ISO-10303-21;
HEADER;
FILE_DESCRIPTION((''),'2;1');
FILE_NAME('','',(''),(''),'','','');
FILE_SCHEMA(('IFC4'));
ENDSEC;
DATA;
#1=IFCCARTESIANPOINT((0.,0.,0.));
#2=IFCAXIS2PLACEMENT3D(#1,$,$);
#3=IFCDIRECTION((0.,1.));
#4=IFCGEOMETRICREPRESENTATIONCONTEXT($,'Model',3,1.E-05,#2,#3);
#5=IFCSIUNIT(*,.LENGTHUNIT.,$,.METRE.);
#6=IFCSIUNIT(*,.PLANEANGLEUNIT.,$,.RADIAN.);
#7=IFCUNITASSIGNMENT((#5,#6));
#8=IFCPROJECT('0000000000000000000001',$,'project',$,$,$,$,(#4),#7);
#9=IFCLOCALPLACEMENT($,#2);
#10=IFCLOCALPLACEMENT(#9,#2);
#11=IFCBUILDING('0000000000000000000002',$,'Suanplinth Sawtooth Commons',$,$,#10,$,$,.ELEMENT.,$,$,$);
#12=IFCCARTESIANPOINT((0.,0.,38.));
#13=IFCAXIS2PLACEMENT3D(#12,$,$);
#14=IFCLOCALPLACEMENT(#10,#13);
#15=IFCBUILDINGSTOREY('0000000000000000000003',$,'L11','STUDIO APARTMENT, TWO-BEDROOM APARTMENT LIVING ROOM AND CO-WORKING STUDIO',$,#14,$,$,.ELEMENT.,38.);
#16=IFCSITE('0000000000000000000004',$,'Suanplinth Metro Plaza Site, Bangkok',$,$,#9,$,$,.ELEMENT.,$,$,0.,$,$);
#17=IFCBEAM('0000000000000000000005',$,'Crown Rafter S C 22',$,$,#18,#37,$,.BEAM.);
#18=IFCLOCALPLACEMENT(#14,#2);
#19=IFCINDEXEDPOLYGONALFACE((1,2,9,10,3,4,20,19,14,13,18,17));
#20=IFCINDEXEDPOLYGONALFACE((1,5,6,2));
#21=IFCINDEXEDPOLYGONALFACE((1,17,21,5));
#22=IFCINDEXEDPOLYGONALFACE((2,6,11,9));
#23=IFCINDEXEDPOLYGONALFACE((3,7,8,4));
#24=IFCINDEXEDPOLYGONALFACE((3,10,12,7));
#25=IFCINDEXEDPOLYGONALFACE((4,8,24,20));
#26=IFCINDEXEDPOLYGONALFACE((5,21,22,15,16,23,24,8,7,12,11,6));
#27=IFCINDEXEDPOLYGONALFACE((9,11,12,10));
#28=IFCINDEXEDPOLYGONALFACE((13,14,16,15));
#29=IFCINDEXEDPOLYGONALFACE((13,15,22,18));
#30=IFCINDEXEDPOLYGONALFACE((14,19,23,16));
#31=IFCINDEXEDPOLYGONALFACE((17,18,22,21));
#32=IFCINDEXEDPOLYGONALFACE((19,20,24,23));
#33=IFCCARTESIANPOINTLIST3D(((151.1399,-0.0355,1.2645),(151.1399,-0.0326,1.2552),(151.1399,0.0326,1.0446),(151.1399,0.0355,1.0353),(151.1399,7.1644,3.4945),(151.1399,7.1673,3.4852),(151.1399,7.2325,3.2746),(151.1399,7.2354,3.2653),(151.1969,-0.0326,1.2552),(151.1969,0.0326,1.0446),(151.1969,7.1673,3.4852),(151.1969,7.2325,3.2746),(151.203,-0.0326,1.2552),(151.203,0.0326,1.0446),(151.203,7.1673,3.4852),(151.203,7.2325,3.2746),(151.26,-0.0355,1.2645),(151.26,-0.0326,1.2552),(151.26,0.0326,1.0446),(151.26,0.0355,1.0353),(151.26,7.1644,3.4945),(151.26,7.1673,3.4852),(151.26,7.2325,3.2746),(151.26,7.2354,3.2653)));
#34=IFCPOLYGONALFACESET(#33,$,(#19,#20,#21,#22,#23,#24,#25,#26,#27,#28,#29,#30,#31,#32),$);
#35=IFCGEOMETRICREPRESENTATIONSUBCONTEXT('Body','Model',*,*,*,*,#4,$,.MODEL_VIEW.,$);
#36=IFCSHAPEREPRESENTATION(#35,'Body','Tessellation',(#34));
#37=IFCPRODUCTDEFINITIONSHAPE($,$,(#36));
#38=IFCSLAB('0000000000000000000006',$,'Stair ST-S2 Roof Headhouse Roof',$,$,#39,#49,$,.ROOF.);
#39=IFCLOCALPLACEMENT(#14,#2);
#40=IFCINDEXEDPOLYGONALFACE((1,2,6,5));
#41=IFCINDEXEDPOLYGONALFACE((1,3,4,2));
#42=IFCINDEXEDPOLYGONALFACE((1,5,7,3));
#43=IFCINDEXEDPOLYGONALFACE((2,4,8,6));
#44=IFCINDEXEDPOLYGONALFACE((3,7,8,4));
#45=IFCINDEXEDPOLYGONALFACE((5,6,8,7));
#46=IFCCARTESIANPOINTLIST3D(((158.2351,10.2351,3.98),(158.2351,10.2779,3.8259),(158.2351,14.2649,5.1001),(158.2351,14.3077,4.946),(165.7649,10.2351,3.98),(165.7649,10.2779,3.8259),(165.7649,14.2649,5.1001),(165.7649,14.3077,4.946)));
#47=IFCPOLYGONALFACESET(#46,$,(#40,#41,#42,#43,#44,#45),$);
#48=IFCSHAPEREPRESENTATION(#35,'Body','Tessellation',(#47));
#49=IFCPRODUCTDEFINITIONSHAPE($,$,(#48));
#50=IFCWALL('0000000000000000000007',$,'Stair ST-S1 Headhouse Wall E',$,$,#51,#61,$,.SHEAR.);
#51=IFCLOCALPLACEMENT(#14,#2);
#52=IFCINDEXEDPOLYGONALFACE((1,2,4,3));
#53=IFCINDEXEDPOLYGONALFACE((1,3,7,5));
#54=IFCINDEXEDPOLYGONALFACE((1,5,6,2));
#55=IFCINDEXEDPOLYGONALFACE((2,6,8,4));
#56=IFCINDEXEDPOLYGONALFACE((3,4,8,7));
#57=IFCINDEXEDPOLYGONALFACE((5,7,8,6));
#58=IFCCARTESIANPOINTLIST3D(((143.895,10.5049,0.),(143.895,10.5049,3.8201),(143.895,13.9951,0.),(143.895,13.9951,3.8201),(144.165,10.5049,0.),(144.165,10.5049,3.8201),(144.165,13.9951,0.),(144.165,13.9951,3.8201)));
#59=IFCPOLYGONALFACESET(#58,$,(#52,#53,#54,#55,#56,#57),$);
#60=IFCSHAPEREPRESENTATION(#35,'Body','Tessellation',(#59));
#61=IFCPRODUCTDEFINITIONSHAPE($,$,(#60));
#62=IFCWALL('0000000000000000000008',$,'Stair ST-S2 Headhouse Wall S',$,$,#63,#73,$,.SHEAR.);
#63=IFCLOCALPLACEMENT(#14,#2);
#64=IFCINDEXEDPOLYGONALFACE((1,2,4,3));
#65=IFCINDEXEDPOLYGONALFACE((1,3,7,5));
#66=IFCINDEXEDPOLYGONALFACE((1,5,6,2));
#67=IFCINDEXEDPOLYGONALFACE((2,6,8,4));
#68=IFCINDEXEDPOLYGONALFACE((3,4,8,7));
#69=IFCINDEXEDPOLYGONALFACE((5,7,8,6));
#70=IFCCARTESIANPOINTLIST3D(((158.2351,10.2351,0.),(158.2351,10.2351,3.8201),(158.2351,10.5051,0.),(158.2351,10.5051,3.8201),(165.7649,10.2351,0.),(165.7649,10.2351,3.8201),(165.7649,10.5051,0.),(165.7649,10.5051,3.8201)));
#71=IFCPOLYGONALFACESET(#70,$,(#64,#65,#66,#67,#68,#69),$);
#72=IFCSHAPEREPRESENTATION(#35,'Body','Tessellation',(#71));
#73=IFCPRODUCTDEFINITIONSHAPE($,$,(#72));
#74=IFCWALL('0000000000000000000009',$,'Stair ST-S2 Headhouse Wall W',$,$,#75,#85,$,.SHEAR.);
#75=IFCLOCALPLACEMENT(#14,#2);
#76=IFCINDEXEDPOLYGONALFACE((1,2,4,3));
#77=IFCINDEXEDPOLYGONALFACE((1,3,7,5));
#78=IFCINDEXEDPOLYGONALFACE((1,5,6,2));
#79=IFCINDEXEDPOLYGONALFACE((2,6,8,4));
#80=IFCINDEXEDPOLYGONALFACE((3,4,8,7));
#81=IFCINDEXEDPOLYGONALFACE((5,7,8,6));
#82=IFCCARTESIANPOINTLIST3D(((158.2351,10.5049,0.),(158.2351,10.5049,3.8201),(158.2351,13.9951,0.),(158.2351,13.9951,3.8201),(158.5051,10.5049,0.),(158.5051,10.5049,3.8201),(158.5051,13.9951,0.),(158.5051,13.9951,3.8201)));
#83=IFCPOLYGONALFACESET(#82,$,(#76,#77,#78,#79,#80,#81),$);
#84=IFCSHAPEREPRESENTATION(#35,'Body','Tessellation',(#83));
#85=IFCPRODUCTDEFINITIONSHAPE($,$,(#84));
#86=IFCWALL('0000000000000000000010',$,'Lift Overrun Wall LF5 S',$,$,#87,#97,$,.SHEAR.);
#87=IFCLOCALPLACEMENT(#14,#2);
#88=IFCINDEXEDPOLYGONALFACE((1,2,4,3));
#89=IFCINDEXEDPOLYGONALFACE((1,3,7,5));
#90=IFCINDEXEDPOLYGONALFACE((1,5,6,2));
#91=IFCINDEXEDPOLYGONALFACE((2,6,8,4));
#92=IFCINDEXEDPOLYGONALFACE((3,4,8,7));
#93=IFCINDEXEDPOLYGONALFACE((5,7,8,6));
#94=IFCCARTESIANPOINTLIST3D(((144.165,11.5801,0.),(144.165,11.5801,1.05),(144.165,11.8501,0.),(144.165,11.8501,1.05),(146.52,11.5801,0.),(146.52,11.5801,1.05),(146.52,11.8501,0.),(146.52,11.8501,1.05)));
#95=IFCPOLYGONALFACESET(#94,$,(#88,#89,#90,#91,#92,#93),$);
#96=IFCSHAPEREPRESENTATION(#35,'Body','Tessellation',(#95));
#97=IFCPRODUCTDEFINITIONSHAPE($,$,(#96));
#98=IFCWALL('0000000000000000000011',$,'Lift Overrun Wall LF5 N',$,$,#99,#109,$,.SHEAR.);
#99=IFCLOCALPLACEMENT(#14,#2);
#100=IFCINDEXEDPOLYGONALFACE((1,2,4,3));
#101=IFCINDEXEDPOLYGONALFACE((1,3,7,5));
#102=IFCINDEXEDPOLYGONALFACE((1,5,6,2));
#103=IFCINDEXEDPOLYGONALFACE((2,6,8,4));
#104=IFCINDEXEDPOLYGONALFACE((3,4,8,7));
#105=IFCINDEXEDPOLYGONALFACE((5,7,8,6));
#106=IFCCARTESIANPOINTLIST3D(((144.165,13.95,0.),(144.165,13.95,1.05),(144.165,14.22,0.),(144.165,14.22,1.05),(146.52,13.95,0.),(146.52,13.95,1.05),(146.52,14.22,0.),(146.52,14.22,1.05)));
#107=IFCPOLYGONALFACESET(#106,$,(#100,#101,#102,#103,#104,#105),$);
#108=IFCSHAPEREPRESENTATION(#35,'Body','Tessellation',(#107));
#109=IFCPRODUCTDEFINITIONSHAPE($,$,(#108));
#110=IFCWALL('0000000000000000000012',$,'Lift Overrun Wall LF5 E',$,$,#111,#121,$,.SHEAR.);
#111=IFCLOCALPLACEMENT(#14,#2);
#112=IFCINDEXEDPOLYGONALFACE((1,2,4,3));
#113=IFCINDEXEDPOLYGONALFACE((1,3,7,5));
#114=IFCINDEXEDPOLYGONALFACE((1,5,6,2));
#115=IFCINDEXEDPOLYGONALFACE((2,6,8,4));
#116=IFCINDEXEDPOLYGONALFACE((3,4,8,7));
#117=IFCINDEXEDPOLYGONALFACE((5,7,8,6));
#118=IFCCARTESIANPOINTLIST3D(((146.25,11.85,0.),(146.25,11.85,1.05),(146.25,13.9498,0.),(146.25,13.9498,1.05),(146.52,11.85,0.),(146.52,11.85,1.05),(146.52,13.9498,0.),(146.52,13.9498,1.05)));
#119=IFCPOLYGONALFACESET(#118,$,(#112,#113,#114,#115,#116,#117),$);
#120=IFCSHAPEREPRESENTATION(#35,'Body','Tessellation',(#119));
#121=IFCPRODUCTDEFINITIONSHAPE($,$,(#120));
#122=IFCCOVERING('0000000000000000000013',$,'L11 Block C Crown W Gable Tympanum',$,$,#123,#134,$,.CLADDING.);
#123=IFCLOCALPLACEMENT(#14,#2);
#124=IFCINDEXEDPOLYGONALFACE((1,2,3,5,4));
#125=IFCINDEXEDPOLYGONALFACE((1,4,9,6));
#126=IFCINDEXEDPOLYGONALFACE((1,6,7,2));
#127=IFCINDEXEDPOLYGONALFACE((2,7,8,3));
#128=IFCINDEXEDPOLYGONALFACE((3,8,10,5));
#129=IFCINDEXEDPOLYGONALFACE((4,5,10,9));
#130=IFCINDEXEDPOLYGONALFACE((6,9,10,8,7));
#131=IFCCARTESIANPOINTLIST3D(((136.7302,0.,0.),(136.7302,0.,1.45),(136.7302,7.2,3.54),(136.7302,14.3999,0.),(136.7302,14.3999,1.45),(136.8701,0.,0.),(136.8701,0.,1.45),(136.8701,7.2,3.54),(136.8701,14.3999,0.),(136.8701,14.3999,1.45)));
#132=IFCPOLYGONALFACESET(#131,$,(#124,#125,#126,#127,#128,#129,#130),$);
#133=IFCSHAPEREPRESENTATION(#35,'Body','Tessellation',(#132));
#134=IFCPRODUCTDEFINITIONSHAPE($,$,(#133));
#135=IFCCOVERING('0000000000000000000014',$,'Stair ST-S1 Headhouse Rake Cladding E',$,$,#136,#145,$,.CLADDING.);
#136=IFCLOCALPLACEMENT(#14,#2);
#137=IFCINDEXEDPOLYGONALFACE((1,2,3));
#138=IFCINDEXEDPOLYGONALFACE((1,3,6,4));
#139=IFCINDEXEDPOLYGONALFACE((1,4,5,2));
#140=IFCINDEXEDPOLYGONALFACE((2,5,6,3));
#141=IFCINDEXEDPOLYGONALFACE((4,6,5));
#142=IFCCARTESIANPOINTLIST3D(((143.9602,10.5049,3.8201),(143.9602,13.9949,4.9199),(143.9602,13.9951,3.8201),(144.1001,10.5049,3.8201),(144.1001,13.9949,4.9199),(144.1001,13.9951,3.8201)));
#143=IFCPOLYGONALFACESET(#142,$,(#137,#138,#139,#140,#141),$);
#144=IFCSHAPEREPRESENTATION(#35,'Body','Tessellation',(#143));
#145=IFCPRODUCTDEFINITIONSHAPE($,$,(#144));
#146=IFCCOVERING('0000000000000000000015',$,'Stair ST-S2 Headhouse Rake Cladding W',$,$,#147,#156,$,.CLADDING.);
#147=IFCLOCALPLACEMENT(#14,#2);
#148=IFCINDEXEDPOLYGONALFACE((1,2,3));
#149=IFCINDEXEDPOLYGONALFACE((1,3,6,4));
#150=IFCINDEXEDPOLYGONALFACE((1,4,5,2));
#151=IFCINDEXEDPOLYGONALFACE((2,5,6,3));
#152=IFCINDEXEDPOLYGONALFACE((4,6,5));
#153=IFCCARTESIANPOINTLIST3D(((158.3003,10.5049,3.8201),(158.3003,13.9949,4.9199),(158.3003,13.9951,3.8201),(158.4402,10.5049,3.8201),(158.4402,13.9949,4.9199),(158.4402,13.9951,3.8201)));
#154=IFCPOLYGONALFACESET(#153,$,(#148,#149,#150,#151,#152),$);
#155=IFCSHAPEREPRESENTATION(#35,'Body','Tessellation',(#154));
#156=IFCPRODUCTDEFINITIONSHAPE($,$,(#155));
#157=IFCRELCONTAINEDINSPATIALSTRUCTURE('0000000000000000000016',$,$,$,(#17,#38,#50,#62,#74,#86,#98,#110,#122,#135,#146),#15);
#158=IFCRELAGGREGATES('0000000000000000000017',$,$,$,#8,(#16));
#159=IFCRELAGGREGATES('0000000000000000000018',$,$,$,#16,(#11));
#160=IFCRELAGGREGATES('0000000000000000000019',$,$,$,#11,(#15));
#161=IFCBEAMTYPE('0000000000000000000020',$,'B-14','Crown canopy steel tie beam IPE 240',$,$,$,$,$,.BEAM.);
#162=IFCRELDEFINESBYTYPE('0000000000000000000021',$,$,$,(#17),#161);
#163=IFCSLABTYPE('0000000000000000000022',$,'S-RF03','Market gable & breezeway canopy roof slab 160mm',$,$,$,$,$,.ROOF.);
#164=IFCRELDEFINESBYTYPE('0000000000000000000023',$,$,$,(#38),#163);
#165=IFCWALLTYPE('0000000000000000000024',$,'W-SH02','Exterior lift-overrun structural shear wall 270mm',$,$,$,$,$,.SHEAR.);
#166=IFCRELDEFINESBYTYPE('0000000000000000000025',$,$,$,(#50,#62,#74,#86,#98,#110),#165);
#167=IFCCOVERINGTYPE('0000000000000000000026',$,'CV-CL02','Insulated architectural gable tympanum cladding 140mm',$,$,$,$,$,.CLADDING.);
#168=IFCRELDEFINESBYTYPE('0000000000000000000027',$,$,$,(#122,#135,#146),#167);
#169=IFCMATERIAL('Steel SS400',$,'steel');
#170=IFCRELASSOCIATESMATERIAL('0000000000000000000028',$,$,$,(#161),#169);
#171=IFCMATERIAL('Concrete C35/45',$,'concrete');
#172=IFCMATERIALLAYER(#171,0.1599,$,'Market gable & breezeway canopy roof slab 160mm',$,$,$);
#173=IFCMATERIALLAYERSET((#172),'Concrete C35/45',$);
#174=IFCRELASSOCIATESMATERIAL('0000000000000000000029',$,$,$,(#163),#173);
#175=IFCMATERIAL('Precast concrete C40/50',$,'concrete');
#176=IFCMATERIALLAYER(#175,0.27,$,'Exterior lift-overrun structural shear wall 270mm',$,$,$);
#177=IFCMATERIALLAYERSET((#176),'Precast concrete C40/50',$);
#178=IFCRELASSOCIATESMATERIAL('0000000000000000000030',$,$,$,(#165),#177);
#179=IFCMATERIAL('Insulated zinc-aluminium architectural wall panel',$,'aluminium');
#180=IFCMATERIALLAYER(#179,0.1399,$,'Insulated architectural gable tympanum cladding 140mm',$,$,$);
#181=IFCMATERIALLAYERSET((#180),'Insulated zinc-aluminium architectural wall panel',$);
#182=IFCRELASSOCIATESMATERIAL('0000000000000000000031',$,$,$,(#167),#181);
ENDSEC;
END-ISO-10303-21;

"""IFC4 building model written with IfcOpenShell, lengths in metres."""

from ifc_helpers import new_model, si_unit, direction, frame, frame_2d, origin, origin_2d, place, context, subcontext, project, spatial, polyline, rectangle, i_section, outline, extrude, material, layer, layer_set, material_profile, profile_set, type_object, element, save


model = new_model("IFC4")

# Units and contexts
model_context = context("Model", 3, precision=1e-05, world=origin(), true_north=direction((0.0, 1.0)))
body_context = subcontext(model_context, "Body", "Model", "MODEL_VIEW")
ifc_project = project(units=[si_unit("LENGTHUNIT", "METRE"), si_unit("PLANEANGLEUNIT", "RADIAN")], contexts=[model_context])

# Site, building, storey
site_placement = place(None, origin())
site = spatial("IfcSite", under=ifc_project, at=site_placement, Name="Suanplinth Metro Plaza Site, Bangkok", CompositionType="ELEMENT", RefElevation=0.0)
building_placement = place(site_placement, origin())
building = spatial("IfcBuilding", under=site, at=building_placement, Name="Suanplinth Sawtooth Commons", CompositionType="ELEMENT")
storey_placement = place(building_placement, frame((0.0, 0.0, 38.0)))
storey = spatial("IfcBuildingStorey", under=building, at=storey_placement, Name="L11", Description="STUDIO APARTMENT, TWO-BEDROOM APARTMENT LIVING ROOM AND CO-WORKING STUDIO", CompositionType="ELEMENT", Elevation=38.0)

# Beam
ifc_material_1 = material(Name="Precast concrete C40/50", Category="concrete")
ifc_material_2 = material(Name="Steel SS400", Category="steel")
ifc_material_profile_1 = material_profile(ifc_material_2, i_section(OverallWidth=0.1201, OverallDepth=0.24, WebThickness=0.0061, FlangeThickness=0.0098, at=origin_2d()), Name="IPE 240")
ifc_profile_set_1 = profile_set([ifc_material_profile_1], Name="Steel SS400")
beam_type_1 = type_object("IfcBeamType", Name="B-14", Description="Crown canopy steel tie beam IPE 240", PredefinedType="BEAM", material=ifc_profile_set_1)
beam_placement = place(storey_placement, frame((151.2, 0.0, 1.1499), z_axis=(0.0, 0.955233, 0.295856), x_axis=(-1.0, 0.0, 0.0)))
element("IfcBeam", 1, at=beam_placement, inside=storey, type_object=beam_type_1, Name="Crown Rafter S C 22", PredefinedType="BEAM", context=body_context, shape_type="SweptSolid", body=[
    extrude(i_section(OverallWidth=0.1201, OverallDepth=0.24, WebThickness=0.0061, FlangeThickness=0.0098, at=origin_2d()), origin(), (0.0, 0.0, 1.0), 7.5374),
])

# Slab
ifc_material_3 = material(Name="Concrete C35/45", Category="concrete")
ifc_layer_1 = layer(ifc_material_3, 0.1599, Name="Market gable & breezeway canopy roof slab 160mm")
ifc_layer_set_1 = layer_set([ifc_layer_1], Name="Concrete C35/45")
slab_type = type_object("IfcSlabType", Name="S-RF03", Description="Market gable & breezeway canopy roof slab 160mm", PredefinedType="ROOF", material=ifc_layer_set_1)
slab_placement = place(storey_placement, frame((158.2351, 10.2351, 3.98), z_axis=(0.0, -0.267806, 0.963473), x_axis=(1.0, 0.0, 0.0)))
element("IfcSlab", 2, at=slab_placement, inside=storey, type_object=slab_type, Name="Stair ST-S2 Roof Headhouse Roof", PredefinedType="ROOF", context=body_context, shape_type="SweptSolid", body=[
    extrude(outline(polyline([(0.0, 0.0), (7.5298, 0.0), (7.5298, 4.1826), (0.0, 4.1826), (0.0, 0.0)])), origin(), (0.0, 0.0, -1.0), 0.1599),
])

# Walls
ifc_layer_2 = layer(ifc_material_1, 0.27, Name="Exterior lift-overrun structural shear wall 270mm")
ifc_layer_set_2 = layer_set([ifc_layer_2], Name="Precast concrete C40/50")
wall_type = type_object("IfcWallType", Name="W-SH02", Description="Exterior lift-overrun structural shear wall 270mm", PredefinedType="SHEAR", material=ifc_layer_set_2)
wall_1_placement = place(storey_placement, frame((144.03, 10.5049, 0.0), z_axis=(0.0, 0.0, 1.0), x_axis=(0.0, 1.0, 0.0)))
element("IfcWall", 3, at=wall_1_placement, inside=storey, type_object=wall_type, Name="Stair ST-S1 Headhouse Wall E", PredefinedType="SHEAR", context=body_context, shape_type="SweptSolid", body=[
    extrude(rectangle(XDim=3.4902, YDim=0.27, at=frame_2d((1.7451, 0.0))), origin(), (0.0, 0.0, 1.0), 3.8201),
])
wall_2_placement = place(storey_placement, frame((158.2351, 10.3701, 0.0), z_axis=(0.0, 0.0, 1.0), x_axis=(1.0, 0.0, 0.0)))
element("IfcWall", 4, at=wall_2_placement, inside=storey, type_object=wall_type, Name="Stair ST-S2 Headhouse Wall S", PredefinedType="SHEAR", context=body_context, shape_type="SweptSolid", body=[
    extrude(rectangle(XDim=7.5298, YDim=0.27, at=frame_2d((3.7649, 0.0))), origin(), (0.0, 0.0, 1.0), 3.8201),
])
wall_3_placement = place(storey_placement, frame((158.3701, 10.5049, 0.0), z_axis=(0.0, 0.0, 1.0), x_axis=(0.0, 1.0, 0.0)))
element("IfcWall", 5, at=wall_3_placement, inside=storey, type_object=wall_type, Name="Stair ST-S2 Headhouse Wall W", PredefinedType="SHEAR", context=body_context, shape_type="SweptSolid", body=[
    extrude(rectangle(XDim=3.4902, YDim=0.27, at=frame_2d((1.7451, 0.0))), origin(), (0.0, 0.0, 1.0), 3.8201),
])
for number, where, z_axis, x_axis, name in (
    (6, (144.165, 11.7151, 0.0), (0.0, 0.0, 1.0), (1.0, 0.0, 0.0), "Lift Overrun Wall LF5 S"),
    (7, (144.165, 14.085, 0.0), (0.0, 0.0, 1.0), (1.0, 0.0, 0.0), "Lift Overrun Wall LF5 N"),
):
    element("IfcWall", number, at=place(storey_placement, frame(where, z_axis=z_axis, x_axis=x_axis)), inside=storey, type_object=wall_type, Name=name, PredefinedType="SHEAR", context=body_context, shape_type="SweptSolid", body=[
        extrude(rectangle(XDim=2.355, YDim=0.27, at=frame_2d((1.1775, 0.0))), origin(), (0.0, 0.0, 1.0), 1.05),
    ])
wall_4_placement = place(storey_placement, frame((146.385, 11.8501, 0.0), z_axis=(0.0, 0.0, 1.0), x_axis=(0.0, 1.0, 0.0)))
element("IfcWall", 8, at=wall_4_placement, inside=storey, type_object=wall_type, Name="Lift Overrun Wall LF5 E", PredefinedType="SHEAR", context=body_context, shape_type="SweptSolid", body=[
    extrude(rectangle(XDim=2.0999, YDim=0.27, at=frame_2d((1.0498, 0.0))), origin(), (0.0, 0.0, 1.0), 1.05),
])

# Coverings
ifc_material_4 = material(Name="Insulated zinc-aluminium architectural wall panel", Category="aluminium")
ifc_layer_3 = layer(ifc_material_4, 0.1399, Name="Insulated architectural gable tympanum cladding 140mm")
ifc_layer_set_3 = layer_set([ifc_layer_3], Name="Insulated zinc-aluminium architectural wall panel")
covering_type = type_object("IfcCoveringType", Name="CV-CL02", Description="Insulated architectural gable tympanum cladding 140mm", PredefinedType="CLADDING", material=ifc_layer_set_3)
covering_placement = place(storey_placement, frame((136.8, 0.0, 0.0), z_axis=(0.0, 0.0, 1.0), x_axis=(0.0, 1.0, 0.0)))
element("IfcCovering", 9, at=covering_placement, inside=storey, type_object=covering_type, Name="L11 Block C Crown W Gable Tympanum", PredefinedType="CLADDING", context=body_context, shape_type="SweptSolid", body=[
    extrude(outline(polyline([(0.0, 0.0), (14.3999, 0.0), (14.3999, 1.45), (7.2, 3.54), (0.0, 1.45), (0.0, 0.0)])), frame((0.0, 0.0698, 0.0), z_axis=(0.0, -1.0, 0.0), x_axis=(1.0, 0.0, 0.0)), (0.0, 0.0, 1.0), 0.1399),
])
for number, where, z_axis, x_axis, name in (
    (10, (144.03, 10.5049, 3.8201), (0.0, 0.0, 1.0), (0.0, 1.0, 0.0), "Stair ST-S1 Headhouse Rake Cladding E"),
    (11, (158.3701, 10.5049, 3.8201), (0.0, 0.0, 1.0), (0.0, 1.0, 0.0), "Stair ST-S2 Headhouse Rake Cladding W"),
):
    element("IfcCovering", number, at=place(storey_placement, frame(where, z_axis=z_axis, x_axis=x_axis)), inside=storey, type_object=covering_type, Name=name, PredefinedType="CLADDING", context=body_context, shape_type="SweptSolid", body=[
        extrude(outline(polyline([(0.0, 0.0), (3.4902, 0.0), (3.49, 1.0999), (0.0, 0.0), (0.0, 0.0)])), frame((0.0, 0.0698, 0.0), z_axis=(0.0, -1.0, 0.0), x_axis=(1.0, 0.0, 0.0)), (0.0, 0.0, 1.0), 0.1399),
    ])

save(model, "model.ifc")
